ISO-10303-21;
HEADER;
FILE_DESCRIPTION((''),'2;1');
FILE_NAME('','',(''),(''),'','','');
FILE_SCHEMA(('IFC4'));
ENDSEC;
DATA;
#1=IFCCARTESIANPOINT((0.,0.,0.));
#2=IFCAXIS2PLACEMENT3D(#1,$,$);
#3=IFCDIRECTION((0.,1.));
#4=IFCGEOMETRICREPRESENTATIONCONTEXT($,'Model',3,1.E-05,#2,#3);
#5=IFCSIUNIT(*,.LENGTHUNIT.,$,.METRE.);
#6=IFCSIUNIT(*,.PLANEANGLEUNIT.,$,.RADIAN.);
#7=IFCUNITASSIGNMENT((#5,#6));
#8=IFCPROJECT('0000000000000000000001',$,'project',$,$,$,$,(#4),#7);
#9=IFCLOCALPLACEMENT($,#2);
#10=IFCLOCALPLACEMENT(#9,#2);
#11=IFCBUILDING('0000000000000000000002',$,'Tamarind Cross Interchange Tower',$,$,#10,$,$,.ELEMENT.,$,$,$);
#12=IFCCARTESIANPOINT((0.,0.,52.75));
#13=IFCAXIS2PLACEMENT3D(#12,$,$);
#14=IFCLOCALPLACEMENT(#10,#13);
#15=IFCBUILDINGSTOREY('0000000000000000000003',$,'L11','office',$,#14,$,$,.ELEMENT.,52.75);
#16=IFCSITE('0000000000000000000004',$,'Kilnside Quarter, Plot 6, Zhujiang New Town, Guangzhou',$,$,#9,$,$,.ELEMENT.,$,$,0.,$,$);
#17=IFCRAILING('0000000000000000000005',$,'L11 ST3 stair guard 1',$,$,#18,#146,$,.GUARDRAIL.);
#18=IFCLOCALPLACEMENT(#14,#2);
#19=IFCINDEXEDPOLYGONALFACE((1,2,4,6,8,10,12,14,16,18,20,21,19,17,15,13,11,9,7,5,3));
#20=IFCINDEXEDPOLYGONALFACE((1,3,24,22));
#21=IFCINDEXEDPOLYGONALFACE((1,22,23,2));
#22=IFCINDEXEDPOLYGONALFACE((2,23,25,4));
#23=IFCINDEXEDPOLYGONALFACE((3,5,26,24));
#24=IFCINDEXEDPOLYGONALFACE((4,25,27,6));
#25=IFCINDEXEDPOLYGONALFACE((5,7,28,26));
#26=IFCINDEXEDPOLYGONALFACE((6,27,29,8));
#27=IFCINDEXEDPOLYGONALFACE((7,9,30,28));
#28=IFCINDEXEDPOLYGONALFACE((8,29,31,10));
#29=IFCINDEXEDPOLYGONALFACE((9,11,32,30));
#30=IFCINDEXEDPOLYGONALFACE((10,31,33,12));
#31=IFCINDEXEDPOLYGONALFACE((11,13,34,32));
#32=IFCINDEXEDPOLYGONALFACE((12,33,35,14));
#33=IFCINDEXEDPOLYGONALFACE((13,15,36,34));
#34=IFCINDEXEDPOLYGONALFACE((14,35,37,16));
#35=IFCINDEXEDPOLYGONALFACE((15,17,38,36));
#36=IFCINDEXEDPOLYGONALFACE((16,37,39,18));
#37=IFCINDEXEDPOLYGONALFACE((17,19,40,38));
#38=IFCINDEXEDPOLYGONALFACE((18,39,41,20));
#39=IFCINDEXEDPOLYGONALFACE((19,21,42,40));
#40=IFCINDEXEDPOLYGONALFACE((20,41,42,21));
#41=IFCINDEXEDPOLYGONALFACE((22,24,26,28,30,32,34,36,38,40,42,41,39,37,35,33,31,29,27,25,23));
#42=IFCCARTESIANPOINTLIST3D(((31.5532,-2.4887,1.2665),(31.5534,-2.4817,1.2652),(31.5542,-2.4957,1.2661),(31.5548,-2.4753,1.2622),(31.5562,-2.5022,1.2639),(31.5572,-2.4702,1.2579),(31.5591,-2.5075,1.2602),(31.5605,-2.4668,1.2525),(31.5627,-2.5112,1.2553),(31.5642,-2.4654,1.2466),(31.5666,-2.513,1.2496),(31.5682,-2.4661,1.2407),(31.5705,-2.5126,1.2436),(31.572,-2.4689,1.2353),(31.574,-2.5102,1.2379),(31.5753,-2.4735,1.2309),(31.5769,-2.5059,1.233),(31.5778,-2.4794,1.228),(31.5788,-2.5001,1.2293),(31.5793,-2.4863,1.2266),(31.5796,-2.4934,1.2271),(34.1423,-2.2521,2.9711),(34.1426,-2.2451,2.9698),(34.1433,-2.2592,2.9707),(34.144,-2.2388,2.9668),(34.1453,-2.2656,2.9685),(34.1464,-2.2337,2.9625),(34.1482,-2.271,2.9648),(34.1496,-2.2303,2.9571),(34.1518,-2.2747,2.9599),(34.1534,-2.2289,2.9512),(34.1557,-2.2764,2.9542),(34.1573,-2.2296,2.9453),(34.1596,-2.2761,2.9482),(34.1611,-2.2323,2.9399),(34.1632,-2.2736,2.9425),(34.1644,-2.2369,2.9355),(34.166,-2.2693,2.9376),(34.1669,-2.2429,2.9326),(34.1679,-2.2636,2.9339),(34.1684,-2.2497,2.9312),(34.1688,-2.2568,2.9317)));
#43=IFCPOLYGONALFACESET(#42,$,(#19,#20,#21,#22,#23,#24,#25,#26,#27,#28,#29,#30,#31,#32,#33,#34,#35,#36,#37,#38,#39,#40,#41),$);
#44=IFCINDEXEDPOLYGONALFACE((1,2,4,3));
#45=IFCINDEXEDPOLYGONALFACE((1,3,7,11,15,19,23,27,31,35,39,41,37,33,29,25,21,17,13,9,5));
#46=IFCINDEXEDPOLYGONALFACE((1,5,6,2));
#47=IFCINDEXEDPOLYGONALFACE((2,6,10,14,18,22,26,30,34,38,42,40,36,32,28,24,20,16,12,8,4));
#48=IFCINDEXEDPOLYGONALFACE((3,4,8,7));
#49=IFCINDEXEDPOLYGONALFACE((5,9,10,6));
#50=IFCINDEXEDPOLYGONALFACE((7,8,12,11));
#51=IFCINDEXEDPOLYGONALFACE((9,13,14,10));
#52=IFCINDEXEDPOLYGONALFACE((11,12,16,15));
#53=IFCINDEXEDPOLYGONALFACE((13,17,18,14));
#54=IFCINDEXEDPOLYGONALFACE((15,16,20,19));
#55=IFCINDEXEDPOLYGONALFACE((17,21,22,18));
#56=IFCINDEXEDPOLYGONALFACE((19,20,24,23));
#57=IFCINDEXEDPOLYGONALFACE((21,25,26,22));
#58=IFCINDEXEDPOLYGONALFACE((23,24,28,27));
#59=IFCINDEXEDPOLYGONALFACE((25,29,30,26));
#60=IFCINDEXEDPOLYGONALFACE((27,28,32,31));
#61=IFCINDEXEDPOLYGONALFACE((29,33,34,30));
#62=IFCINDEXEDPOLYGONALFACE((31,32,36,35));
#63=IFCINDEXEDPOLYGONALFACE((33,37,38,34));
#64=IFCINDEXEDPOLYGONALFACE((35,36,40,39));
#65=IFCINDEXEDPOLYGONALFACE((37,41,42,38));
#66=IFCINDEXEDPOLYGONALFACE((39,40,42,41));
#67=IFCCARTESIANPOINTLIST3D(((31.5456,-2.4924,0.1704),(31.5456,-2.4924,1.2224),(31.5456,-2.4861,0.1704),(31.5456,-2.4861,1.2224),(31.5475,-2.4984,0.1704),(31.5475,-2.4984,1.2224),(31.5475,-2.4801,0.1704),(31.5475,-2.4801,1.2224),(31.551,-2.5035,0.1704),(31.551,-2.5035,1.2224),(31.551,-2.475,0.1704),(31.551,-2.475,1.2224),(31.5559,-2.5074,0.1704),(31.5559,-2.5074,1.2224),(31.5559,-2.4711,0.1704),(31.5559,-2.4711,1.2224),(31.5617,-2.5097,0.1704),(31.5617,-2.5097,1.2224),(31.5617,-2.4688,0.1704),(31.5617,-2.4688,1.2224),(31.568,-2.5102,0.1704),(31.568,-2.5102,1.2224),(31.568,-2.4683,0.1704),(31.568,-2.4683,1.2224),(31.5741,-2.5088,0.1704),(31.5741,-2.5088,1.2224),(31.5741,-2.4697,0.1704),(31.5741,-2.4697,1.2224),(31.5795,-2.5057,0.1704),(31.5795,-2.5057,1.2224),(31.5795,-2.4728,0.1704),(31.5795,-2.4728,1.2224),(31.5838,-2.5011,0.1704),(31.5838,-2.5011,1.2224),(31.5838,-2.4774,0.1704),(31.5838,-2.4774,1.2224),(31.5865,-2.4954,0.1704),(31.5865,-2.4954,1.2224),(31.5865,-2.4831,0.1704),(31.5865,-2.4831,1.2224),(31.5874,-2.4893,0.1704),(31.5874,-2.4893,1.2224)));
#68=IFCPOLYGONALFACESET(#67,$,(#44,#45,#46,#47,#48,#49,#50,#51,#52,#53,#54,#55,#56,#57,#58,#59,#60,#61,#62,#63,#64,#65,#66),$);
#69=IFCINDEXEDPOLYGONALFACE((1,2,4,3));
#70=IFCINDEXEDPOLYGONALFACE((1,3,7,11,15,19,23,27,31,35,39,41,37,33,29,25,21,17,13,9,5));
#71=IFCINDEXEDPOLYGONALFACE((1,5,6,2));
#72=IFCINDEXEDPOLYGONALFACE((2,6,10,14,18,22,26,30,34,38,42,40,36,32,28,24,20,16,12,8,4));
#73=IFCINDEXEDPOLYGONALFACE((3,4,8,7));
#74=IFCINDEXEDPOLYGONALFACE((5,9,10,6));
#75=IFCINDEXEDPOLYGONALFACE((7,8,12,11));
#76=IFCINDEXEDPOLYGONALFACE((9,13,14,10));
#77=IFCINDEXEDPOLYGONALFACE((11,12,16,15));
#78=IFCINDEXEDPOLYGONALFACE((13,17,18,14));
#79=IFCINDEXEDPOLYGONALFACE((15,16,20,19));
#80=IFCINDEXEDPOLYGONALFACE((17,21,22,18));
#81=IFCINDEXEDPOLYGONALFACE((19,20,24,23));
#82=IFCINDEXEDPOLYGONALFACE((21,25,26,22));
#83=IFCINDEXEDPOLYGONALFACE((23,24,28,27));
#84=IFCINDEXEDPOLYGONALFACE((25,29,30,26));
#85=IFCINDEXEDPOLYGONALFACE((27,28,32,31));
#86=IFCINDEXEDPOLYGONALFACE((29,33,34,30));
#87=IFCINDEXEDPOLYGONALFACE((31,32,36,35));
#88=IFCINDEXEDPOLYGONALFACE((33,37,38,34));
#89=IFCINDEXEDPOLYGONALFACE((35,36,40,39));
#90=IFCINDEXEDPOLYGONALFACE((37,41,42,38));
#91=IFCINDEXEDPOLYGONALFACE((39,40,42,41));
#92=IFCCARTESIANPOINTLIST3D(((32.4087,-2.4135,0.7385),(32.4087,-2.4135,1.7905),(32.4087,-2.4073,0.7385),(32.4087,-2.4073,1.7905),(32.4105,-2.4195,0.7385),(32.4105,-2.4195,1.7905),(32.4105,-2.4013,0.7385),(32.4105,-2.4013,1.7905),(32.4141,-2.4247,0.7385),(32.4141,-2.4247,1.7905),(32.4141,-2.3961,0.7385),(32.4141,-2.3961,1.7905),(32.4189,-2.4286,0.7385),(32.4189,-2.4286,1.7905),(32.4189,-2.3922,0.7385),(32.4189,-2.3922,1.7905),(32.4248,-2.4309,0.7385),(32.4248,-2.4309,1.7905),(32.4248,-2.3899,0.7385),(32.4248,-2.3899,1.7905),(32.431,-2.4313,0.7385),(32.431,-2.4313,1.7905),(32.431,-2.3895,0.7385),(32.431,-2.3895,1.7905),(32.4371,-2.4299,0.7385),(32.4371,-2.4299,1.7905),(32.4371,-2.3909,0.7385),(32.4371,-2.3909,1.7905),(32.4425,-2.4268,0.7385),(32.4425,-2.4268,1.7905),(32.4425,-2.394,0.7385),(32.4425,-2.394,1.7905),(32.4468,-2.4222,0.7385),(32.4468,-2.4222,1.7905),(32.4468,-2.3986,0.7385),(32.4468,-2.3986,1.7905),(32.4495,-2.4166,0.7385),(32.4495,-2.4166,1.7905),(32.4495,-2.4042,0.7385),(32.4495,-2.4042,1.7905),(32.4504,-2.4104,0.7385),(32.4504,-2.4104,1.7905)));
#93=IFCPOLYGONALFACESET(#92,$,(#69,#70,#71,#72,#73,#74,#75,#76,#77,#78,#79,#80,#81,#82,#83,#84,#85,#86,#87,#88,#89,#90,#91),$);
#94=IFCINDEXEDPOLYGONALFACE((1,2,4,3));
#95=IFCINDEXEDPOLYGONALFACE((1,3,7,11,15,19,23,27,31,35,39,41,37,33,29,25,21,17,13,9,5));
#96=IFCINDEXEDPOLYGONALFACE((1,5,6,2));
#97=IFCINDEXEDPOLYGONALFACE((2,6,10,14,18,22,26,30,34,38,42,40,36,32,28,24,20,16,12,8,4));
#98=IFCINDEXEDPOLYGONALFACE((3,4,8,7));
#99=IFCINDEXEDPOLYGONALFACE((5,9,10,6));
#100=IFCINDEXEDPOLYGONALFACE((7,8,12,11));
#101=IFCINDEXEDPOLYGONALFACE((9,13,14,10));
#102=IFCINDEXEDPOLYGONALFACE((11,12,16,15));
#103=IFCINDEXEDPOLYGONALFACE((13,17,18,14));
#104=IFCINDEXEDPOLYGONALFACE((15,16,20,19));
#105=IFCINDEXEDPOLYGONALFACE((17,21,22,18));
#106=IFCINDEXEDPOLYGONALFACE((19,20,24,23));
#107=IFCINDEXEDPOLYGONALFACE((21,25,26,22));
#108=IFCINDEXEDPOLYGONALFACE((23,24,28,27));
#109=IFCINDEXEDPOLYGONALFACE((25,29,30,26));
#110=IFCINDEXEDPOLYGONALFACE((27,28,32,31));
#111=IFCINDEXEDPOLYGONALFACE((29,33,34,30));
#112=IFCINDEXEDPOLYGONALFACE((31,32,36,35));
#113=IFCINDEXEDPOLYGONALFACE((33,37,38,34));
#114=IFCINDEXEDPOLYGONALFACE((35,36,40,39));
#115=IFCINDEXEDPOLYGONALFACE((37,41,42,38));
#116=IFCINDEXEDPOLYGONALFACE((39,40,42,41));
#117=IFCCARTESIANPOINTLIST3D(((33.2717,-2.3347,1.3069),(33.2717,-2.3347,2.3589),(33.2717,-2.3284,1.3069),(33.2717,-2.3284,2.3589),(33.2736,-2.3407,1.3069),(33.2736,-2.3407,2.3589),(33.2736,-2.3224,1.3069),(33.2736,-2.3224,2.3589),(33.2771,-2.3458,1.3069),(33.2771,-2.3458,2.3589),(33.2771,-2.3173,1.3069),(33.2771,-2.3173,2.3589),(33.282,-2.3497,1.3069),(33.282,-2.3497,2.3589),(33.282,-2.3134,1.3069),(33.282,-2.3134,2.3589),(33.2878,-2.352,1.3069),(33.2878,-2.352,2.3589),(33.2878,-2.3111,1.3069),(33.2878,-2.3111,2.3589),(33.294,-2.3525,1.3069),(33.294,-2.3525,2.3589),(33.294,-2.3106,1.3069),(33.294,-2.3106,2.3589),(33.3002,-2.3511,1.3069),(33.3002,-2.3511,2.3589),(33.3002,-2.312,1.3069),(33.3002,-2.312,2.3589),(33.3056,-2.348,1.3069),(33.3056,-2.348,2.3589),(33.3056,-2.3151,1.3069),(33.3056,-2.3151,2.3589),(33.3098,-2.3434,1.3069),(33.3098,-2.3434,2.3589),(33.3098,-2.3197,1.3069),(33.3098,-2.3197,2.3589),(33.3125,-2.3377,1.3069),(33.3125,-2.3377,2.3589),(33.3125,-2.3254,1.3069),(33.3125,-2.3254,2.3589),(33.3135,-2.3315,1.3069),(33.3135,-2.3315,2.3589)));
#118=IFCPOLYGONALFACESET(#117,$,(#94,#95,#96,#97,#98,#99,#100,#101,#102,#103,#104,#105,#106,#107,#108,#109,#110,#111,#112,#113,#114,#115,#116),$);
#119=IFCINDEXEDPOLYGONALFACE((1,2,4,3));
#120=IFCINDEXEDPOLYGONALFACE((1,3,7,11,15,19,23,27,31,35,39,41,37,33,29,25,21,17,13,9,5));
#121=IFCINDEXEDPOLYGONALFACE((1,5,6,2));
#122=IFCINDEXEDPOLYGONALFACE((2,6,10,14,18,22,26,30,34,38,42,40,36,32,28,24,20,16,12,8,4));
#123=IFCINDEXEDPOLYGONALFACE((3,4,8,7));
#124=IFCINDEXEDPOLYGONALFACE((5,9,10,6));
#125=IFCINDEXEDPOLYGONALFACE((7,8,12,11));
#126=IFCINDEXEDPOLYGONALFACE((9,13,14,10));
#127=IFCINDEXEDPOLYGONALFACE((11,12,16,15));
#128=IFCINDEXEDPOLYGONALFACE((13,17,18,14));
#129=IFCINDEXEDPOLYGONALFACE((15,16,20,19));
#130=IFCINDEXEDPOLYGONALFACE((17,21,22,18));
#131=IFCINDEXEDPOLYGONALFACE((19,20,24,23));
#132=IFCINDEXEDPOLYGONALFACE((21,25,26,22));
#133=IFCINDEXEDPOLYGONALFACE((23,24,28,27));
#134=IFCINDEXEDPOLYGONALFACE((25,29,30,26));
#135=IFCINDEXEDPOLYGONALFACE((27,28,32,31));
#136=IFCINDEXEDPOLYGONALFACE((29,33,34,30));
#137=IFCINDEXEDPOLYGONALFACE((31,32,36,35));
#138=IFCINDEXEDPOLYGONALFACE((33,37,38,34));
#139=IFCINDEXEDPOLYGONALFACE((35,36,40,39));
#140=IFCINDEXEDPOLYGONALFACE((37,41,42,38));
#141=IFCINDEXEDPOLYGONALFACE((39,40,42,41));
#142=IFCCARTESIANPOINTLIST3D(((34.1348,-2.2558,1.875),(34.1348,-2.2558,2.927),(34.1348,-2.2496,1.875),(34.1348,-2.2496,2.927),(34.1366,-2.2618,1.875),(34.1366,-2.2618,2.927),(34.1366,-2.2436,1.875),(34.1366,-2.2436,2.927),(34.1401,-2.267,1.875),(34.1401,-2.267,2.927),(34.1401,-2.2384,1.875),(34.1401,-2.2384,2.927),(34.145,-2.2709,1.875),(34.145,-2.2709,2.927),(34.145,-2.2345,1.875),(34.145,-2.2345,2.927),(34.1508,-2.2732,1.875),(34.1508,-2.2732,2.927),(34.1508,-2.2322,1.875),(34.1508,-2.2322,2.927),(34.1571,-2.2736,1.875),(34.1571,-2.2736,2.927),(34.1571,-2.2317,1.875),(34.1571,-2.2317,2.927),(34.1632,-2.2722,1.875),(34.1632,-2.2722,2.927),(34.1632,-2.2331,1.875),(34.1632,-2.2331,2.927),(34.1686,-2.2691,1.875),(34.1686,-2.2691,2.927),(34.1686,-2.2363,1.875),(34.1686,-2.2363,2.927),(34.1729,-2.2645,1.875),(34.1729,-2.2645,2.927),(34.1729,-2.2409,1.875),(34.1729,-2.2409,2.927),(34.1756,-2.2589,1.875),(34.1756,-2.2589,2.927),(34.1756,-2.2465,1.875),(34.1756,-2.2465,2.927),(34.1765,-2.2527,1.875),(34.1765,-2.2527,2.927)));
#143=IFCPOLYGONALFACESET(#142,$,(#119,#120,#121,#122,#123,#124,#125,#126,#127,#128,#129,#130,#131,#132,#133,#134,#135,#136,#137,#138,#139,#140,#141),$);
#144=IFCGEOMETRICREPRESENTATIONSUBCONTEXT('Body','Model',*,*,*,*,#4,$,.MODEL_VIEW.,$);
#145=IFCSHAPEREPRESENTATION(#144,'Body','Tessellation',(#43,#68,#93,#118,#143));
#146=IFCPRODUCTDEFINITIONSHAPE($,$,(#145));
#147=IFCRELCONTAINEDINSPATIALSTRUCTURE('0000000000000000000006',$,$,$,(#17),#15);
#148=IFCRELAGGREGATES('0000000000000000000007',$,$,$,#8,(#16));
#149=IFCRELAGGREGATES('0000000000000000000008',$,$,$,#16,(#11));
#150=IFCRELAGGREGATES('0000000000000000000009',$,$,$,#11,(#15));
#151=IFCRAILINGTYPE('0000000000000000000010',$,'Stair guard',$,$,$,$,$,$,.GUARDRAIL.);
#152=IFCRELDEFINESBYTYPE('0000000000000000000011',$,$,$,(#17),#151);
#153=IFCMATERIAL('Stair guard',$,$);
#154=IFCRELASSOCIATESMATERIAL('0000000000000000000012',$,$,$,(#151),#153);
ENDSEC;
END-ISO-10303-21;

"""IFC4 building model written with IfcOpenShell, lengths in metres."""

from ifc_helpers import new_model, si_unit, direction, frame, origin, origin_2d, place, context, subcontext, project, spatial, circle, extrude, material, type_object, element, save


model = new_model("IFC4")

# Units and contexts
model_context = context("Model", 3, precision=1e-05, world=origin(), true_north=direction((0.0, 1.0)))
body_context = subcontext(model_context, "Body", "Model", "MODEL_VIEW")
ifc_project = project(units=[si_unit("LENGTHUNIT", "METRE"), si_unit("PLANEANGLEUNIT", "RADIAN")], contexts=[model_context])

# Site, building, storey
site_placement = place(None, origin())
site = spatial("IfcSite", under=ifc_project, at=site_placement, Name="Kilnside Quarter, Plot 6, Zhujiang New Town, Guangzhou", CompositionType="ELEMENT", RefElevation=0.0)
building_placement = place(site_placement, origin())
building = spatial("IfcBuilding", under=site, at=building_placement, Name="Tamarind Cross Interchange Tower", CompositionType="ELEMENT")
storey_placement = place(building_placement, frame((0.0, 0.0, 52.75)))
storey = spatial("IfcBuildingStorey", under=building, at=storey_placement, Name="L11", Description="office", CompositionType="ELEMENT", Elevation=52.75)

# Railing
ifc_material_1 = material(Name="Stair guard")
railing_type_1 = type_object("IfcRailingType", Name="Stair guard", PredefinedType="GUARDRAIL", material=ifc_material_1)
railing_1_placement = place(storey_placement, frame((31.5664, -2.4893, 0.1704)))
element("IfcRailing", 1, at=railing_1_placement, inside=storey, type_object=railing_type_1, Name="L11 ST3 stair guard 1", PredefinedType="GUARDRAIL", context=body_context, shape_type="SweptSolid", body=[
    extrude(circle(Radius=0.0239, at=origin_2d()), frame((0.0, 0.0, 1.0762), z_axis=(0.832814, 0.076096, 0.548298), x_axis=(-0.090993, 0.995852, 0.0)), (0.0, 0.0, 1.0), 3.1089),
    extrude(circle(Radius=0.021, at=origin_2d()), origin(), (0.0, 0.0, 1.0), 1.052),
    extrude(circle(Radius=0.021, at=origin_2d()), frame((0.863, 0.0789, 0.5681)), (0.0, 0.0, 1.0), 1.052),
    extrude(circle(Radius=0.021, at=origin_2d()), frame((1.7261, 0.1577, 1.1365)), (0.0, 0.0, 1.0), 1.052),
    extrude(circle(Radius=0.021, at=origin_2d()), frame((2.5891, 0.2366, 1.7046)), (0.0, 0.0, 1.0), 1.052),
])

save(model, "model.ifc")
